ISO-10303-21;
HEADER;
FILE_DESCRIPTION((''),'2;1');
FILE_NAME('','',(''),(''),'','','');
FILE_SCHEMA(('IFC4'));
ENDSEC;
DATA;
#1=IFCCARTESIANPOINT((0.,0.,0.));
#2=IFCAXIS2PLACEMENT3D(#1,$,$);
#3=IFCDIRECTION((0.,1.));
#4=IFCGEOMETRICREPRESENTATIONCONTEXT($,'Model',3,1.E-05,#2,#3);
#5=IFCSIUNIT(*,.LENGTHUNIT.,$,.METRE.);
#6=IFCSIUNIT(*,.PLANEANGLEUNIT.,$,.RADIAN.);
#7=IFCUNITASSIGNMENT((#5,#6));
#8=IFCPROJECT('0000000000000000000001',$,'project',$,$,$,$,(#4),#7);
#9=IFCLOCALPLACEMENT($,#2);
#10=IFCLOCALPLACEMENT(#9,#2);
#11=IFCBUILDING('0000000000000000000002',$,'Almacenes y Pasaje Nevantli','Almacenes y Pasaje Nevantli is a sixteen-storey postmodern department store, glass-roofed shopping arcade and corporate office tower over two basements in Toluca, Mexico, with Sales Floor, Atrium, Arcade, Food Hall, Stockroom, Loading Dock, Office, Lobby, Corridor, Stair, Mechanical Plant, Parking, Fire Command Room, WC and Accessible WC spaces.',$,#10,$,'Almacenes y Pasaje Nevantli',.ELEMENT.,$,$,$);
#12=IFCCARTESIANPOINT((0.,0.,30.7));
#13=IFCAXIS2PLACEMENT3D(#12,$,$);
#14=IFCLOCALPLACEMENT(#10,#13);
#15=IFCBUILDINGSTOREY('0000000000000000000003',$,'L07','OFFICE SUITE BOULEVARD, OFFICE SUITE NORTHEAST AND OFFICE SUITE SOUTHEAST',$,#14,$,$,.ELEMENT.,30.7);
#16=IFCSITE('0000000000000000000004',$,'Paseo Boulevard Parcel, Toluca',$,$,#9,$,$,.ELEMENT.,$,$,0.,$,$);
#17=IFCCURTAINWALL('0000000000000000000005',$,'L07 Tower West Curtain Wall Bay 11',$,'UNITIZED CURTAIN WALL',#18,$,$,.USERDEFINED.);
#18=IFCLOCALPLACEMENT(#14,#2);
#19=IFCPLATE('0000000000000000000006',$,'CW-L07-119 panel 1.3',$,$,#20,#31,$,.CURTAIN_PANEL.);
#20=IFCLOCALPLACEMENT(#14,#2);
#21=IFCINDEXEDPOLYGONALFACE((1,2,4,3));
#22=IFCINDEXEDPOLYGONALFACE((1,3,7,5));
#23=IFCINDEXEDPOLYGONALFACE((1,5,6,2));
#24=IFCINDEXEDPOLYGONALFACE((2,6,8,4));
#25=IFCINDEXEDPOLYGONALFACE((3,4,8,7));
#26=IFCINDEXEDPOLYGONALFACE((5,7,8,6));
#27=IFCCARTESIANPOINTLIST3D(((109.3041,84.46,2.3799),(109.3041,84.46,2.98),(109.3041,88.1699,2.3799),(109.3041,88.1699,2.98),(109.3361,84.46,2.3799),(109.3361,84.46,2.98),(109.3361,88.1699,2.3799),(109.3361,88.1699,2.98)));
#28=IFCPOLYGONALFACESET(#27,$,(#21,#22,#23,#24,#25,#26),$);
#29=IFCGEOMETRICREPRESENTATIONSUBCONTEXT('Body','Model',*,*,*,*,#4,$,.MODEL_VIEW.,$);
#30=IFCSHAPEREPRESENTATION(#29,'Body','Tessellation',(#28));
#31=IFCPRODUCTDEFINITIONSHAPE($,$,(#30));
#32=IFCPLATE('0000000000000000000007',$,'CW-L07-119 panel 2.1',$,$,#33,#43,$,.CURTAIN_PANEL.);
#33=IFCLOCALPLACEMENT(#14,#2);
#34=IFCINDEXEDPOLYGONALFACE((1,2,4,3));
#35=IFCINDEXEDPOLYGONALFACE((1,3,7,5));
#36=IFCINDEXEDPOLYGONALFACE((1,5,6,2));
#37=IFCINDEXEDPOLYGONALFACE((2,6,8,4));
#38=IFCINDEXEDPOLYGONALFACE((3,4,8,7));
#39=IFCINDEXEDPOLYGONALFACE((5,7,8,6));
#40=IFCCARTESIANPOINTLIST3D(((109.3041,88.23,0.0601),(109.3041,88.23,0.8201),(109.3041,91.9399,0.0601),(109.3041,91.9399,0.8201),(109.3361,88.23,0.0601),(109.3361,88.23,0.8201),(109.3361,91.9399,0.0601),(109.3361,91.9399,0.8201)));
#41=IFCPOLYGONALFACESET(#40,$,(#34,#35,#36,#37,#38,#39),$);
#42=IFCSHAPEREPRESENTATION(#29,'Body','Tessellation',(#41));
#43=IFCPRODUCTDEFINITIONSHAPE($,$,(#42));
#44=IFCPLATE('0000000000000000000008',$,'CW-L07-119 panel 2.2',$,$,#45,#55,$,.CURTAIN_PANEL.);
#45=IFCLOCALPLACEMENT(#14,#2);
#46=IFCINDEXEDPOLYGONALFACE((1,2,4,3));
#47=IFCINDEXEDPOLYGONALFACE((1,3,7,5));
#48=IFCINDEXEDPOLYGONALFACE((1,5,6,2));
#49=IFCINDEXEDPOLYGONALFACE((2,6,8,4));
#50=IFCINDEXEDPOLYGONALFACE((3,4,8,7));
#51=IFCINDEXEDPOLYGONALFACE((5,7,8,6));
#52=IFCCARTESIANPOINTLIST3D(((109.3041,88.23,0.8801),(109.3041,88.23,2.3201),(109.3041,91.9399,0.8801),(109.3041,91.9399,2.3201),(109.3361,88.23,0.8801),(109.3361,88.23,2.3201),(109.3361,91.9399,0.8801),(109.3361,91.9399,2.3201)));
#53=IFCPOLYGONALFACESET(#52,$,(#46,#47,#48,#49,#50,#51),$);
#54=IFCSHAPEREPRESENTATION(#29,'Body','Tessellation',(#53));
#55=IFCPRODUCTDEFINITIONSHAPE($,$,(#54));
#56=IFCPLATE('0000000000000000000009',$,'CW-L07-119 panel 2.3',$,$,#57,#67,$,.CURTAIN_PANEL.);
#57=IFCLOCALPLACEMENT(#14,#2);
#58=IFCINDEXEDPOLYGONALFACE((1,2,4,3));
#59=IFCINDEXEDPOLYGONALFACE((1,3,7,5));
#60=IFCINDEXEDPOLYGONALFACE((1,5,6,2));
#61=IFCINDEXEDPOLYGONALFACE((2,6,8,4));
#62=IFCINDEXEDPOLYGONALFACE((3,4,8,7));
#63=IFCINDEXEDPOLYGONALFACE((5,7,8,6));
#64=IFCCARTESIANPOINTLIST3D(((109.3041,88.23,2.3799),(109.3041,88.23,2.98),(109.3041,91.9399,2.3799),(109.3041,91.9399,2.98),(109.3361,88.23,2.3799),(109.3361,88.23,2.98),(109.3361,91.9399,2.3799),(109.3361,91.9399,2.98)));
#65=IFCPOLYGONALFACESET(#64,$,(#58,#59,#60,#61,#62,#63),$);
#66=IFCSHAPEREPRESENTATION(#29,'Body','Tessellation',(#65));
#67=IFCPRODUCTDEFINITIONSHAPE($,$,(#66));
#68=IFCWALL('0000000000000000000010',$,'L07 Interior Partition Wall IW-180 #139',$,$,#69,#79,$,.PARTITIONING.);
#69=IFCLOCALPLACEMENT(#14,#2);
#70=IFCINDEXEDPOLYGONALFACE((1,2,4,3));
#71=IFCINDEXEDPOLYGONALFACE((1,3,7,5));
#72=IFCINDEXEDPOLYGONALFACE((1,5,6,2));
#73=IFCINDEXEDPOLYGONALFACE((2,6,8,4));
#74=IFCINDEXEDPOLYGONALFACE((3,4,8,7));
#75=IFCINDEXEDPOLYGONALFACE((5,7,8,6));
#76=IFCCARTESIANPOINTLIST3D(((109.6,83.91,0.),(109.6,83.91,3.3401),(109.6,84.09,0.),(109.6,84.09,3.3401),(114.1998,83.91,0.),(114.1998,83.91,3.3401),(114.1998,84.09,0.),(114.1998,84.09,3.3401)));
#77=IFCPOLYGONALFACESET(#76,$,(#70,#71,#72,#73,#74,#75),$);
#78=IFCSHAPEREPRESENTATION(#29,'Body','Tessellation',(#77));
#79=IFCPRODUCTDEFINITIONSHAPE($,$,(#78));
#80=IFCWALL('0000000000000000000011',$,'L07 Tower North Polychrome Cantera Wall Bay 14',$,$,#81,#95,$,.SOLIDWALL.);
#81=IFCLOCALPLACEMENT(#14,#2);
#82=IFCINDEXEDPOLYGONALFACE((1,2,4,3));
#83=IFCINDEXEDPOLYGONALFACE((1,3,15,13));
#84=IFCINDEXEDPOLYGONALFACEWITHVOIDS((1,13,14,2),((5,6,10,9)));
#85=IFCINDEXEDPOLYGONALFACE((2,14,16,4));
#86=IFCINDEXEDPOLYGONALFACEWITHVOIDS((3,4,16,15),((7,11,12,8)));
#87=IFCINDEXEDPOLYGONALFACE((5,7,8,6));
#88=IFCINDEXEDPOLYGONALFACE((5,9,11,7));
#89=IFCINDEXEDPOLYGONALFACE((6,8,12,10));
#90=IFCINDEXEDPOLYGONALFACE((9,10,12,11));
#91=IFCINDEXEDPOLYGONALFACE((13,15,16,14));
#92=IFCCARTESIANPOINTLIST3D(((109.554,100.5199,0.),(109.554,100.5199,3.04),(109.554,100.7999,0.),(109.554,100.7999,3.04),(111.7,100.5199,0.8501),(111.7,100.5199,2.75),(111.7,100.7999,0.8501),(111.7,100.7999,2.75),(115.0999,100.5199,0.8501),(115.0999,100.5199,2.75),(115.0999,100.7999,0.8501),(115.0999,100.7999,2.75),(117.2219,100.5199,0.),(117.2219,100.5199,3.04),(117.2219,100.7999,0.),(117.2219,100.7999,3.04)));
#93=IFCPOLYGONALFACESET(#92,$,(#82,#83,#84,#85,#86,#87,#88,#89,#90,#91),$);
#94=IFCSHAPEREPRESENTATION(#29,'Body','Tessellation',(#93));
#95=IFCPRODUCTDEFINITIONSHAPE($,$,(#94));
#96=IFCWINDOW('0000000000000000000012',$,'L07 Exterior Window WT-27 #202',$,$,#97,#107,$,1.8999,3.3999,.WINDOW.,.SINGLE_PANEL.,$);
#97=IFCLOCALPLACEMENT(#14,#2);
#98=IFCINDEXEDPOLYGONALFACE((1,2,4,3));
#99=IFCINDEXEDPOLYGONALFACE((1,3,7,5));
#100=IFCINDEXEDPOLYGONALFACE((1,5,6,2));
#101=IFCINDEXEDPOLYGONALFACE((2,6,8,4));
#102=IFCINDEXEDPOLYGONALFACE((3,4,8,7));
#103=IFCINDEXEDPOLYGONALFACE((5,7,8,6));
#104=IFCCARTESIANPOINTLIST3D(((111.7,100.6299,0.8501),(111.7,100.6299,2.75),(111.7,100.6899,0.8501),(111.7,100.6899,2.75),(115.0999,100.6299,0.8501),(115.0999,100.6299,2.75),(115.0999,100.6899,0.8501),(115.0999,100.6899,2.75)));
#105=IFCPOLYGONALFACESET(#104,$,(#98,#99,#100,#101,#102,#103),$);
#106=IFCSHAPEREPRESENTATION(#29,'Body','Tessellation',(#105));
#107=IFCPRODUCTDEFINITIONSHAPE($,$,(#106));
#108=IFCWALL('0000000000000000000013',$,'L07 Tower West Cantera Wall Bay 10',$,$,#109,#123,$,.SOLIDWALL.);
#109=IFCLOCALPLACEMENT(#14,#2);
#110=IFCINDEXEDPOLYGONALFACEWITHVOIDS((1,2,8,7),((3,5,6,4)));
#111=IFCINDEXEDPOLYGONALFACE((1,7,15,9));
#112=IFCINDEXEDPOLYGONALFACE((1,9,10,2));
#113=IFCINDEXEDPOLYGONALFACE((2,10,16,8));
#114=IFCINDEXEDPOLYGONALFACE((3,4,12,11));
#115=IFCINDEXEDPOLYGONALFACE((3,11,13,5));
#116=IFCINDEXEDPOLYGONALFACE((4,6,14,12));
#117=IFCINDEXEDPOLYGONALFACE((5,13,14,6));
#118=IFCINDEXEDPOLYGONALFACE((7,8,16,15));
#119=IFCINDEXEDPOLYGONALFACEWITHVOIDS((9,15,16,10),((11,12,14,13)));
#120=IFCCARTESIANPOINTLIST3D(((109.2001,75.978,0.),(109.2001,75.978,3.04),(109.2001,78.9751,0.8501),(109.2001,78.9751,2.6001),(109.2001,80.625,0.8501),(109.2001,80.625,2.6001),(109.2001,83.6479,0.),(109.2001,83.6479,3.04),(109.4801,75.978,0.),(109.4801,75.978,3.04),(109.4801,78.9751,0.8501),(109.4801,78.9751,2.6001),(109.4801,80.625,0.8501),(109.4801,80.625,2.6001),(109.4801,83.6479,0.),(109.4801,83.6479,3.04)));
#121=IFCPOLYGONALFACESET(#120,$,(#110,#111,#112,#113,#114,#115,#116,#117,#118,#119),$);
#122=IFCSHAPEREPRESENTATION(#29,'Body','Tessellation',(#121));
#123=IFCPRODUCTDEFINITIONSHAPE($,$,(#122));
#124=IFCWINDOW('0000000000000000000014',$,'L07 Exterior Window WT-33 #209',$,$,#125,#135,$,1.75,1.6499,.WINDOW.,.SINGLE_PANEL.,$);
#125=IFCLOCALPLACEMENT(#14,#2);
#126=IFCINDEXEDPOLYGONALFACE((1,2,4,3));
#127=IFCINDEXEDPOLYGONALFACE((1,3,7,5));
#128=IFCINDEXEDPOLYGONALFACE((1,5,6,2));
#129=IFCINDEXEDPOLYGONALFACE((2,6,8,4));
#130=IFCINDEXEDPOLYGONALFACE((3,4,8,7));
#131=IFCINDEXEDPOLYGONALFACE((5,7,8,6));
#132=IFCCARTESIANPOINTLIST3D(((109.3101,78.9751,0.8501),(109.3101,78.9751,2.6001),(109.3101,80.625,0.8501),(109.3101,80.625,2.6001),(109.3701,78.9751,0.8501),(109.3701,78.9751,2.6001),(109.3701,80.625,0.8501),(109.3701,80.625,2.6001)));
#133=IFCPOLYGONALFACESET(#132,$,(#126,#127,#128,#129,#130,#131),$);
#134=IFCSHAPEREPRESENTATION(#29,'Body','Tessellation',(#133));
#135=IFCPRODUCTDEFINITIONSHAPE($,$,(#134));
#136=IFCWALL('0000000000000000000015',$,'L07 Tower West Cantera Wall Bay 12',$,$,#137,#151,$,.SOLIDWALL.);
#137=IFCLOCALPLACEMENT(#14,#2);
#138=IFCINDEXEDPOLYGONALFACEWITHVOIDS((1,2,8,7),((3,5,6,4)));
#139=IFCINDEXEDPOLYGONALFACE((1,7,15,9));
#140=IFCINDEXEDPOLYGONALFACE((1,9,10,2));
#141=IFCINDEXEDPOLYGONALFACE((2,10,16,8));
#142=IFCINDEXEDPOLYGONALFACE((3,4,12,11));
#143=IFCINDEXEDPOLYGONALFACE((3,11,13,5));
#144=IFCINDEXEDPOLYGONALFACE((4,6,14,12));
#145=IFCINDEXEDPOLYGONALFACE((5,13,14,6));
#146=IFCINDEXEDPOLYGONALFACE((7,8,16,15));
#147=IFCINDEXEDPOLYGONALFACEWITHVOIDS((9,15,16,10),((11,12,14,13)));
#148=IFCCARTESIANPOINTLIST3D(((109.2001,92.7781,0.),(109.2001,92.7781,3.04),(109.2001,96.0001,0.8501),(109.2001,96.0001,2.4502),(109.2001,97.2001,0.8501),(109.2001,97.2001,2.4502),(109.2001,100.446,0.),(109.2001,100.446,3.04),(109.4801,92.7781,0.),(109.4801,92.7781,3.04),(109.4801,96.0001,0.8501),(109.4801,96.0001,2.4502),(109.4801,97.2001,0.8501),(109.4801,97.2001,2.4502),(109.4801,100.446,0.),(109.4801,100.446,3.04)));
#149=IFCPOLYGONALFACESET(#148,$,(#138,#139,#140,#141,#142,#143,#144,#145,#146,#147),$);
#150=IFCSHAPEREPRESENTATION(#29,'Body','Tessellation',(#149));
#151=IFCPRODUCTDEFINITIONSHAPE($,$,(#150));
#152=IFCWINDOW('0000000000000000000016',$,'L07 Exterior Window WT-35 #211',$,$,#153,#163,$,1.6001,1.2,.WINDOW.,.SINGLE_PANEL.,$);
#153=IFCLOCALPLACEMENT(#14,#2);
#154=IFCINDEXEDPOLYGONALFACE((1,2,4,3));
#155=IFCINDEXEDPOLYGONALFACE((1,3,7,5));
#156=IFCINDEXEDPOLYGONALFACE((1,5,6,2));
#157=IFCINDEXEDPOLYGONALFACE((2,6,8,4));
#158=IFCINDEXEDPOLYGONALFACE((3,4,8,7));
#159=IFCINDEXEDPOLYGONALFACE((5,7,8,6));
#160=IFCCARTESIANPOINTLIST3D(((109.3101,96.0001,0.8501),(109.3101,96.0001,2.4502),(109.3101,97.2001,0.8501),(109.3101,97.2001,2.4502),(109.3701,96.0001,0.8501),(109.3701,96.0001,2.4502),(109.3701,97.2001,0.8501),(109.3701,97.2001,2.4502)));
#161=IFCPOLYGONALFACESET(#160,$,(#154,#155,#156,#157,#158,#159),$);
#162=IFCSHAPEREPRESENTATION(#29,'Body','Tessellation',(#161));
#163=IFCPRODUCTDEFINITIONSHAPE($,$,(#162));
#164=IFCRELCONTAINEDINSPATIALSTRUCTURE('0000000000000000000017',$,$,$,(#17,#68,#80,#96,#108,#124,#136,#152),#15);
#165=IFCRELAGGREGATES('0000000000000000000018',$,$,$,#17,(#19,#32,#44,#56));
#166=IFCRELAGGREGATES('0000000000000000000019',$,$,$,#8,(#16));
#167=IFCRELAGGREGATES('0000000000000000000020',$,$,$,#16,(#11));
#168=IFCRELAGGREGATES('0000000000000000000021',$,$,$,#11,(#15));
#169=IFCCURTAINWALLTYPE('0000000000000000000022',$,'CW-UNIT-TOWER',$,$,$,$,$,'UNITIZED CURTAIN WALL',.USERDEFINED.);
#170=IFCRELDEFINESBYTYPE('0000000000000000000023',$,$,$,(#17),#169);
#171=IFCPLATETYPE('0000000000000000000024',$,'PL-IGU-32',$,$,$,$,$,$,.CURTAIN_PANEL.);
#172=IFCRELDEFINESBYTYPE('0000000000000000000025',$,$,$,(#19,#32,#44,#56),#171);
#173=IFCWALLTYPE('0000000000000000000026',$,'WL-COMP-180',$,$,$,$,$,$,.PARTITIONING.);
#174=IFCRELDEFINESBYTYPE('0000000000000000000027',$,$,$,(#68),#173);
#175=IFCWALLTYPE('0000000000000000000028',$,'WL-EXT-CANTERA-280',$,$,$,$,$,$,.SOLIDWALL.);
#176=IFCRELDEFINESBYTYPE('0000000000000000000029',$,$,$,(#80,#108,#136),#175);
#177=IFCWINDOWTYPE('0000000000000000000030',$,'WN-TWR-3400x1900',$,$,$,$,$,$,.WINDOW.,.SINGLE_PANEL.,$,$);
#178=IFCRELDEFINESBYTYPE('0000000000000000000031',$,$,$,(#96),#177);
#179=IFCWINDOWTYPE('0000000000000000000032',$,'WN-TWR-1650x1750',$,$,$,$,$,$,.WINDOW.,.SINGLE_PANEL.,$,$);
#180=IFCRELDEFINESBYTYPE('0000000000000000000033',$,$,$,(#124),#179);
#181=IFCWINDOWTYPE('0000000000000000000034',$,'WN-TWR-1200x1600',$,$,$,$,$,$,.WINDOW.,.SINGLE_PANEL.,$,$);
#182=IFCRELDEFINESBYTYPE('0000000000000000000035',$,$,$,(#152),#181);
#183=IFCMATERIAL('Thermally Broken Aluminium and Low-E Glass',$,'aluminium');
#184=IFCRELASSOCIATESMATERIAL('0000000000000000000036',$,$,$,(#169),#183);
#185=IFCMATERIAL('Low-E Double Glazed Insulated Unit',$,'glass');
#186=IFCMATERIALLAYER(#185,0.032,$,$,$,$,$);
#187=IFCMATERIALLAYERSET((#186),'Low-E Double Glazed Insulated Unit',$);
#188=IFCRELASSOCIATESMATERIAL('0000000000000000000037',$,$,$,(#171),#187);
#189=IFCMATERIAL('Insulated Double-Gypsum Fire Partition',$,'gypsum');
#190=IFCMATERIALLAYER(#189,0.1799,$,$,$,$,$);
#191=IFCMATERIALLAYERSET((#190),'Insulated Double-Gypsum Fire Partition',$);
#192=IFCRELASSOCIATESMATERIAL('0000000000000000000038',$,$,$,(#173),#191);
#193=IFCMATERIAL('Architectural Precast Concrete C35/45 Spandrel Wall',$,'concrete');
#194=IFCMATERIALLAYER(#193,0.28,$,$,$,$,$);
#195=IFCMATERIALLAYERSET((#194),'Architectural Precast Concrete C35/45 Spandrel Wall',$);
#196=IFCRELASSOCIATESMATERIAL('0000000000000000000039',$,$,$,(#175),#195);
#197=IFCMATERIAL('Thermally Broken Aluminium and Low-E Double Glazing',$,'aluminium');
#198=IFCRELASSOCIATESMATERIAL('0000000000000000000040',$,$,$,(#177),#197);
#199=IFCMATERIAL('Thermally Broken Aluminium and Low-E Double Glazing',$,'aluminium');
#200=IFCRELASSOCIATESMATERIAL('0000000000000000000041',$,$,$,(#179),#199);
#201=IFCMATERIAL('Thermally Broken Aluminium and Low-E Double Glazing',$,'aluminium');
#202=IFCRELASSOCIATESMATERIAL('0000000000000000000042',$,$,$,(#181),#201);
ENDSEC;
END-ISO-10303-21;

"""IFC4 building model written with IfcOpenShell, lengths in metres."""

from ifc_helpers import new_model, si_unit, direction, frame, frame_2d, origin, origin_2d, place, context, subcontext, project, spatial, rectangle, extrude, material, layer, layer_set, type_object, element, fill, aggregate, save


model = new_model("IFC4")

# Units and contexts
model_context = context("Model", 3, precision=1e-05, world=origin(), true_north=direction((0.0, 1.0)))
body_context = subcontext(model_context, "Body", "Model", "MODEL_VIEW")
ifc_project = project(units=[si_unit("LENGTHUNIT", "METRE"), si_unit("PLANEANGLEUNIT", "RADIAN")], contexts=[model_context])

# Site, building, storey
site_placement = place(None, origin())
site = spatial("IfcSite", under=ifc_project, at=site_placement, Name="Paseo Boulevard Parcel, Toluca", CompositionType="ELEMENT", RefElevation=0.0)
building_placement = place(site_placement, origin())
building = spatial("IfcBuilding", under=site, at=building_placement, Name="Almacenes y Pasaje Nevantli", Description="Almacenes y Pasaje Nevantli is a sixteen-storey postmodern department store, glass-roofed shopping arcade and corporate office tower over two basements in Toluca, Mexico, with Sales Floor, Atrium, Arcade, Food Hall, Stockroom, Loading Dock, Office, Lobby, Corridor, Stair, Mechanical Plant, Parking, Fire Command Room, WC and Accessible WC spaces.", LongName="Almacenes y Pasaje Nevantli", CompositionType="ELEMENT")
storey_placement = place(building_placement, frame((0.0, 0.0, 30.7)))
storey = spatial("IfcBuildingStorey", under=building, at=storey_placement, Name="L07", Description="OFFICE SUITE BOULEVARD, OFFICE SUITE NORTHEAST AND OFFICE SUITE SOUTHEAST", CompositionType="ELEMENT", Elevation=30.7)

# Curtain wall, plates
ifc_material_1 = material(Name="Thermally Broken Aluminium and Low-E Glass", Category="aluminium")
curtain_wall_type = type_object("IfcCurtainWallType", Name="CW-UNIT-TOWER", ElementType="UNITIZED CURTAIN WALL", PredefinedType="USERDEFINED", material=ifc_material_1)
curtain_wall_placement = place(storey_placement, origin())
curtain_wall = element("IfcCurtainWall", 1, at=curtain_wall_placement, inside=storey, type_object=curtain_wall_type, Name="L07 Tower West Curtain Wall Bay 11", ObjectType="UNITIZED CURTAIN WALL", PredefinedType="USERDEFINED")
ifc_material_2 = material(Name="Low-E Double Glazed Insulated Unit", Category="glass")
ifc_layer_1 = layer(ifc_material_2, 0.032)
ifc_layer_set_1 = layer_set([ifc_layer_1], Name="Low-E Double Glazed Insulated Unit")
plate_type = type_object("IfcPlateType", Name="PL-IGU-32", PredefinedType="CURTAIN_PANEL", material=ifc_layer_set_1)
plate_1_placement = place(storey_placement, frame((109.3201, 86.3149, 2.3799), z_axis=(0.0, 0.0, 1.0), x_axis=(0.0, 1.0, 0.0)))
plate_1 = element("IfcPlate", 2, at=plate_1_placement, type_object=plate_type, Name="CW-L07-119 panel 1.3", PredefinedType="CURTAIN_PANEL", context=body_context, shape_type="SweptSolid", body=[
    extrude(rectangle(XDim=3.71, YDim=0.032, at=origin_2d()), origin(), (0.0, 0.0, 1.0), 0.6001),
])
plate_2_placement = place(storey_placement, frame((109.3201, 90.085, 0.0601), z_axis=(0.0, 0.0, 1.0), x_axis=(0.0, 1.0, 0.0)))
plate_2 = element("IfcPlate", 3, at=plate_2_placement, type_object=plate_type, Name="CW-L07-119 panel 2.1", PredefinedType="CURTAIN_PANEL", context=body_context, shape_type="SweptSolid", body=[
    extrude(rectangle(XDim=3.71, YDim=0.032, at=origin_2d()), origin(), (0.0, 0.0, 1.0), 0.76),
])
plate_3_placement = place(storey_placement, frame((109.3201, 90.085, 0.8801), z_axis=(0.0, 0.0, 1.0), x_axis=(0.0, 1.0, 0.0)))
plate_3 = element("IfcPlate", 4, at=plate_3_placement, type_object=plate_type, Name="CW-L07-119 panel 2.2", PredefinedType="CURTAIN_PANEL", context=body_context, shape_type="SweptSolid", body=[
    extrude(rectangle(XDim=3.71, YDim=0.032, at=origin_2d()), origin(), (0.0, 0.0, 1.0), 1.4399),
])
plate_4_placement = place(storey_placement, frame((109.3201, 90.085, 2.3799), z_axis=(0.0, 0.0, 1.0), x_axis=(0.0, 1.0, 0.0)))
plate_4 = element("IfcPlate", 5, at=plate_4_placement, type_object=plate_type, Name="CW-L07-119 panel 2.3", PredefinedType="CURTAIN_PANEL", context=body_context, shape_type="SweptSolid", body=[
    extrude(rectangle(XDim=3.71, YDim=0.032, at=origin_2d()), origin(), (0.0, 0.0, 1.0), 0.6001),
])
aggregate(curtain_wall, [plate_1, plate_2, plate_3, plate_4])

# Wall
ifc_material_3 = material(Name="Insulated Double-Gypsum Fire Partition", Category="gypsum")
ifc_layer_2 = layer(ifc_material_3, 0.1799)
ifc_layer_set_2 = layer_set([ifc_layer_2], Name="Insulated Double-Gypsum Fire Partition")
wall_type_1 = type_object("IfcWallType", Name="WL-COMP-180", PredefinedType="PARTITIONING", material=ifc_layer_set_2)
wall_1_placement = place(storey_placement, frame((109.6001, 84.0, 0.0), z_axis=(0.0, 0.0, 1.0), x_axis=(1.0, 0.0, 0.0)))
element("IfcWall", 6, at=wall_1_placement, inside=storey, type_object=wall_type_1, Name="L07 Interior Partition Wall IW-180 #139", PredefinedType="PARTITIONING", context=body_context, shape_type="SweptSolid", body=[
    extrude(rectangle(XDim=4.5999, YDim=0.1799, at=frame_2d((2.2998, 0.0))), origin(), (0.0, 0.0, 1.0), 3.3401),
])

# Walls, openings, windows
ifc_material_4 = material(Name="Architectural Precast Concrete C35/45 Spandrel Wall", Category="concrete")
ifc_layer_3 = layer(ifc_material_4, 0.28)
ifc_layer_set_3 = layer_set([ifc_layer_3], Name="Architectural Precast Concrete C35/45 Spandrel Wall")
wall_type_2 = type_object("IfcWallType", Name="WL-EXT-CANTERA-280", PredefinedType="SOLIDWALL", material=ifc_layer_set_3)
wall_2_placement = place(storey_placement, frame((109.554, 100.6599, 0.0), z_axis=(0.0, 0.0, 1.0), x_axis=(1.0, 0.0, 0.0)))
wall_2 = element("IfcWall", 7, at=wall_2_placement, inside=storey, type_object=wall_type_2, Name="L07 Tower North Polychrome Cantera Wall Bay 14", PredefinedType="SOLIDWALL", context=body_context, shape_type="SweptSolid", body=[
    extrude(rectangle(XDim=7.668, YDim=0.28, at=frame_2d((3.834, 0.0))), origin(), (0.0, 0.0, 1.0), 3.04),
])
opening_1_placement = place(wall_2_placement, frame((2.146, 0.0, 0.8501)))
opening_1 = element("IfcOpeningElement", 8, at=opening_1_placement, cuts=wall_2, PredefinedType="OPENING", context=body_context, shape_type="SweptSolid", body=[
    extrude(rectangle(XDim=3.3999, YDim=1.8999, at=frame_2d((1.7, 0.95))), frame((0.0, 0.1499, 0.0), z_axis=(0.0, -1.0, 0.0), x_axis=(1.0, 0.0, 0.0)), (0.0, 0.0, 1.0), 0.3),
])
ifc_material_5 = material(Name="Thermally Broken Aluminium and Low-E Double Glazing", Category="aluminium")
window_type_1 = type_object("IfcWindowType", Name="WN-TWR-3400x1900", PartitioningType="SINGLE_PANEL", PredefinedType="WINDOW", material=ifc_material_5)
window_1_placement = place(opening_1_placement, origin())
window_1 = element("IfcWindow", 9, at=window_1_placement, inside=storey, type_object=window_type_1, Name="L07 Exterior Window WT-27 #202", OverallHeight=1.8999, OverallWidth=3.3999, PartitioningType="SINGLE_PANEL", PredefinedType="WINDOW", context=body_context, shape_type="SweptSolid", body=[
    extrude(rectangle(XDim=3.3999, YDim=1.8999, at=frame_2d((1.7, 0.95))), frame((0.0, 0.03, 0.0), z_axis=(0.0, -1.0, 0.0), x_axis=(1.0, 0.0, 0.0)), (0.0, 0.0, 1.0), 0.0601),
])
fill(opening_1, window_1)
wall_3_placement = place(storey_placement, frame((109.3401, 75.978, 0.0), z_axis=(0.0, 0.0, 1.0), x_axis=(0.0, 1.0, 0.0)))
wall_3 = element("IfcWall", 10, at=wall_3_placement, inside=storey, type_object=wall_type_2, Name="L07 Tower West Cantera Wall Bay 10", PredefinedType="SOLIDWALL", context=body_context, shape_type="SweptSolid", body=[
    extrude(rectangle(XDim=7.6699, YDim=0.28, at=frame_2d((3.835, 0.0))), origin(), (0.0, 0.0, 1.0), 3.04),
])
opening_2_placement = place(wall_3_placement, frame((2.9971, 0.0, 0.8501)))
opening_2 = element("IfcOpeningElement", 11, at=opening_2_placement, cuts=wall_3, PredefinedType="OPENING", context=body_context, shape_type="SweptSolid", body=[
    extrude(rectangle(XDim=1.6499, YDim=1.75, at=frame_2d((0.825, 0.875))), frame((0.0, 0.1499, 0.0), z_axis=(0.0, -1.0, 0.0), x_axis=(1.0, 0.0, 0.0)), (0.0, 0.0, 1.0), 0.3),
])
ifc_material_6 = material(Name="Thermally Broken Aluminium and Low-E Double Glazing", Category="aluminium")
window_type_2 = type_object("IfcWindowType", Name="WN-TWR-1650x1750", PartitioningType="SINGLE_PANEL", PredefinedType="WINDOW", material=ifc_material_6)
window_2_placement = place(opening_2_placement, origin())
window_2 = element("IfcWindow", 12, at=window_2_placement, inside=storey, type_object=window_type_2, Name="L07 Exterior Window WT-33 #209", OverallHeight=1.75, OverallWidth=1.6499, PartitioningType="SINGLE_PANEL", PredefinedType="WINDOW", context=body_context, shape_type="SweptSolid", body=[
    extrude(rectangle(XDim=1.6499, YDim=1.75, at=frame_2d((0.825, 0.875))), frame((0.0, 0.03, 0.0), z_axis=(0.0, -1.0, 0.0), x_axis=(1.0, 0.0, 0.0)), (0.0, 0.0, 1.0), 0.0601),
])
fill(opening_2, window_2)
wall_4_placement = place(storey_placement, frame((109.3401, 92.7781, 0.0), z_axis=(0.0, 0.0, 1.0), x_axis=(0.0, 1.0, 0.0)))
wall_4 = element("IfcWall", 13, at=wall_4_placement, inside=storey, type_object=wall_type_2, Name="L07 Tower West Cantera Wall Bay 12", PredefinedType="SOLIDWALL", context=body_context, shape_type="SweptSolid", body=[
    extrude(rectangle(XDim=7.668, YDim=0.28, at=frame_2d((3.834, 0.0))), origin(), (0.0, 0.0, 1.0), 3.04),
])
opening_3_placement = place(wall_4_placement, frame((3.2219, 0.0, 0.8501)))
opening_3 = element("IfcOpeningElement", 14, at=opening_3_placement, cuts=wall_4, PredefinedType="OPENING", context=body_context, shape_type="SweptSolid", body=[
    extrude(rectangle(XDim=1.2, YDim=1.6001, at=frame_2d((0.6001, 0.8))), frame((0.0, 0.1499, 0.0), z_axis=(0.0, -1.0, 0.0), x_axis=(1.0, 0.0, 0.0)), (0.0, 0.0, 1.0), 0.3),
])
ifc_material_7 = material(Name="Thermally Broken Aluminium and Low-E Double Glazing", Category="aluminium")
window_type_3 = type_object("IfcWindowType", Name="WN-TWR-1200x1600", PartitioningType="SINGLE_PANEL", PredefinedType="WINDOW", material=ifc_material_7)
window_3_placement = place(opening_3_placement, origin())
window_3 = element("IfcWindow", 15, at=window_3_placement, inside=storey, type_object=window_type_3, Name="L07 Exterior Window WT-35 #211", OverallHeight=1.6001, OverallWidth=1.2, PartitioningType="SINGLE_PANEL", PredefinedType="WINDOW", context=body_context, shape_type="SweptSolid", body=[
    extrude(rectangle(XDim=1.2, YDim=1.6001, at=frame_2d((0.6001, 0.8))), frame((0.0, 0.03, 0.0), z_axis=(0.0, -1.0, 0.0), x_axis=(1.0, 0.0, 0.0)), (0.0, 0.0, 1.0), 0.0601),
])
fill(opening_3, window_3)

save(model, "model.ifc")
